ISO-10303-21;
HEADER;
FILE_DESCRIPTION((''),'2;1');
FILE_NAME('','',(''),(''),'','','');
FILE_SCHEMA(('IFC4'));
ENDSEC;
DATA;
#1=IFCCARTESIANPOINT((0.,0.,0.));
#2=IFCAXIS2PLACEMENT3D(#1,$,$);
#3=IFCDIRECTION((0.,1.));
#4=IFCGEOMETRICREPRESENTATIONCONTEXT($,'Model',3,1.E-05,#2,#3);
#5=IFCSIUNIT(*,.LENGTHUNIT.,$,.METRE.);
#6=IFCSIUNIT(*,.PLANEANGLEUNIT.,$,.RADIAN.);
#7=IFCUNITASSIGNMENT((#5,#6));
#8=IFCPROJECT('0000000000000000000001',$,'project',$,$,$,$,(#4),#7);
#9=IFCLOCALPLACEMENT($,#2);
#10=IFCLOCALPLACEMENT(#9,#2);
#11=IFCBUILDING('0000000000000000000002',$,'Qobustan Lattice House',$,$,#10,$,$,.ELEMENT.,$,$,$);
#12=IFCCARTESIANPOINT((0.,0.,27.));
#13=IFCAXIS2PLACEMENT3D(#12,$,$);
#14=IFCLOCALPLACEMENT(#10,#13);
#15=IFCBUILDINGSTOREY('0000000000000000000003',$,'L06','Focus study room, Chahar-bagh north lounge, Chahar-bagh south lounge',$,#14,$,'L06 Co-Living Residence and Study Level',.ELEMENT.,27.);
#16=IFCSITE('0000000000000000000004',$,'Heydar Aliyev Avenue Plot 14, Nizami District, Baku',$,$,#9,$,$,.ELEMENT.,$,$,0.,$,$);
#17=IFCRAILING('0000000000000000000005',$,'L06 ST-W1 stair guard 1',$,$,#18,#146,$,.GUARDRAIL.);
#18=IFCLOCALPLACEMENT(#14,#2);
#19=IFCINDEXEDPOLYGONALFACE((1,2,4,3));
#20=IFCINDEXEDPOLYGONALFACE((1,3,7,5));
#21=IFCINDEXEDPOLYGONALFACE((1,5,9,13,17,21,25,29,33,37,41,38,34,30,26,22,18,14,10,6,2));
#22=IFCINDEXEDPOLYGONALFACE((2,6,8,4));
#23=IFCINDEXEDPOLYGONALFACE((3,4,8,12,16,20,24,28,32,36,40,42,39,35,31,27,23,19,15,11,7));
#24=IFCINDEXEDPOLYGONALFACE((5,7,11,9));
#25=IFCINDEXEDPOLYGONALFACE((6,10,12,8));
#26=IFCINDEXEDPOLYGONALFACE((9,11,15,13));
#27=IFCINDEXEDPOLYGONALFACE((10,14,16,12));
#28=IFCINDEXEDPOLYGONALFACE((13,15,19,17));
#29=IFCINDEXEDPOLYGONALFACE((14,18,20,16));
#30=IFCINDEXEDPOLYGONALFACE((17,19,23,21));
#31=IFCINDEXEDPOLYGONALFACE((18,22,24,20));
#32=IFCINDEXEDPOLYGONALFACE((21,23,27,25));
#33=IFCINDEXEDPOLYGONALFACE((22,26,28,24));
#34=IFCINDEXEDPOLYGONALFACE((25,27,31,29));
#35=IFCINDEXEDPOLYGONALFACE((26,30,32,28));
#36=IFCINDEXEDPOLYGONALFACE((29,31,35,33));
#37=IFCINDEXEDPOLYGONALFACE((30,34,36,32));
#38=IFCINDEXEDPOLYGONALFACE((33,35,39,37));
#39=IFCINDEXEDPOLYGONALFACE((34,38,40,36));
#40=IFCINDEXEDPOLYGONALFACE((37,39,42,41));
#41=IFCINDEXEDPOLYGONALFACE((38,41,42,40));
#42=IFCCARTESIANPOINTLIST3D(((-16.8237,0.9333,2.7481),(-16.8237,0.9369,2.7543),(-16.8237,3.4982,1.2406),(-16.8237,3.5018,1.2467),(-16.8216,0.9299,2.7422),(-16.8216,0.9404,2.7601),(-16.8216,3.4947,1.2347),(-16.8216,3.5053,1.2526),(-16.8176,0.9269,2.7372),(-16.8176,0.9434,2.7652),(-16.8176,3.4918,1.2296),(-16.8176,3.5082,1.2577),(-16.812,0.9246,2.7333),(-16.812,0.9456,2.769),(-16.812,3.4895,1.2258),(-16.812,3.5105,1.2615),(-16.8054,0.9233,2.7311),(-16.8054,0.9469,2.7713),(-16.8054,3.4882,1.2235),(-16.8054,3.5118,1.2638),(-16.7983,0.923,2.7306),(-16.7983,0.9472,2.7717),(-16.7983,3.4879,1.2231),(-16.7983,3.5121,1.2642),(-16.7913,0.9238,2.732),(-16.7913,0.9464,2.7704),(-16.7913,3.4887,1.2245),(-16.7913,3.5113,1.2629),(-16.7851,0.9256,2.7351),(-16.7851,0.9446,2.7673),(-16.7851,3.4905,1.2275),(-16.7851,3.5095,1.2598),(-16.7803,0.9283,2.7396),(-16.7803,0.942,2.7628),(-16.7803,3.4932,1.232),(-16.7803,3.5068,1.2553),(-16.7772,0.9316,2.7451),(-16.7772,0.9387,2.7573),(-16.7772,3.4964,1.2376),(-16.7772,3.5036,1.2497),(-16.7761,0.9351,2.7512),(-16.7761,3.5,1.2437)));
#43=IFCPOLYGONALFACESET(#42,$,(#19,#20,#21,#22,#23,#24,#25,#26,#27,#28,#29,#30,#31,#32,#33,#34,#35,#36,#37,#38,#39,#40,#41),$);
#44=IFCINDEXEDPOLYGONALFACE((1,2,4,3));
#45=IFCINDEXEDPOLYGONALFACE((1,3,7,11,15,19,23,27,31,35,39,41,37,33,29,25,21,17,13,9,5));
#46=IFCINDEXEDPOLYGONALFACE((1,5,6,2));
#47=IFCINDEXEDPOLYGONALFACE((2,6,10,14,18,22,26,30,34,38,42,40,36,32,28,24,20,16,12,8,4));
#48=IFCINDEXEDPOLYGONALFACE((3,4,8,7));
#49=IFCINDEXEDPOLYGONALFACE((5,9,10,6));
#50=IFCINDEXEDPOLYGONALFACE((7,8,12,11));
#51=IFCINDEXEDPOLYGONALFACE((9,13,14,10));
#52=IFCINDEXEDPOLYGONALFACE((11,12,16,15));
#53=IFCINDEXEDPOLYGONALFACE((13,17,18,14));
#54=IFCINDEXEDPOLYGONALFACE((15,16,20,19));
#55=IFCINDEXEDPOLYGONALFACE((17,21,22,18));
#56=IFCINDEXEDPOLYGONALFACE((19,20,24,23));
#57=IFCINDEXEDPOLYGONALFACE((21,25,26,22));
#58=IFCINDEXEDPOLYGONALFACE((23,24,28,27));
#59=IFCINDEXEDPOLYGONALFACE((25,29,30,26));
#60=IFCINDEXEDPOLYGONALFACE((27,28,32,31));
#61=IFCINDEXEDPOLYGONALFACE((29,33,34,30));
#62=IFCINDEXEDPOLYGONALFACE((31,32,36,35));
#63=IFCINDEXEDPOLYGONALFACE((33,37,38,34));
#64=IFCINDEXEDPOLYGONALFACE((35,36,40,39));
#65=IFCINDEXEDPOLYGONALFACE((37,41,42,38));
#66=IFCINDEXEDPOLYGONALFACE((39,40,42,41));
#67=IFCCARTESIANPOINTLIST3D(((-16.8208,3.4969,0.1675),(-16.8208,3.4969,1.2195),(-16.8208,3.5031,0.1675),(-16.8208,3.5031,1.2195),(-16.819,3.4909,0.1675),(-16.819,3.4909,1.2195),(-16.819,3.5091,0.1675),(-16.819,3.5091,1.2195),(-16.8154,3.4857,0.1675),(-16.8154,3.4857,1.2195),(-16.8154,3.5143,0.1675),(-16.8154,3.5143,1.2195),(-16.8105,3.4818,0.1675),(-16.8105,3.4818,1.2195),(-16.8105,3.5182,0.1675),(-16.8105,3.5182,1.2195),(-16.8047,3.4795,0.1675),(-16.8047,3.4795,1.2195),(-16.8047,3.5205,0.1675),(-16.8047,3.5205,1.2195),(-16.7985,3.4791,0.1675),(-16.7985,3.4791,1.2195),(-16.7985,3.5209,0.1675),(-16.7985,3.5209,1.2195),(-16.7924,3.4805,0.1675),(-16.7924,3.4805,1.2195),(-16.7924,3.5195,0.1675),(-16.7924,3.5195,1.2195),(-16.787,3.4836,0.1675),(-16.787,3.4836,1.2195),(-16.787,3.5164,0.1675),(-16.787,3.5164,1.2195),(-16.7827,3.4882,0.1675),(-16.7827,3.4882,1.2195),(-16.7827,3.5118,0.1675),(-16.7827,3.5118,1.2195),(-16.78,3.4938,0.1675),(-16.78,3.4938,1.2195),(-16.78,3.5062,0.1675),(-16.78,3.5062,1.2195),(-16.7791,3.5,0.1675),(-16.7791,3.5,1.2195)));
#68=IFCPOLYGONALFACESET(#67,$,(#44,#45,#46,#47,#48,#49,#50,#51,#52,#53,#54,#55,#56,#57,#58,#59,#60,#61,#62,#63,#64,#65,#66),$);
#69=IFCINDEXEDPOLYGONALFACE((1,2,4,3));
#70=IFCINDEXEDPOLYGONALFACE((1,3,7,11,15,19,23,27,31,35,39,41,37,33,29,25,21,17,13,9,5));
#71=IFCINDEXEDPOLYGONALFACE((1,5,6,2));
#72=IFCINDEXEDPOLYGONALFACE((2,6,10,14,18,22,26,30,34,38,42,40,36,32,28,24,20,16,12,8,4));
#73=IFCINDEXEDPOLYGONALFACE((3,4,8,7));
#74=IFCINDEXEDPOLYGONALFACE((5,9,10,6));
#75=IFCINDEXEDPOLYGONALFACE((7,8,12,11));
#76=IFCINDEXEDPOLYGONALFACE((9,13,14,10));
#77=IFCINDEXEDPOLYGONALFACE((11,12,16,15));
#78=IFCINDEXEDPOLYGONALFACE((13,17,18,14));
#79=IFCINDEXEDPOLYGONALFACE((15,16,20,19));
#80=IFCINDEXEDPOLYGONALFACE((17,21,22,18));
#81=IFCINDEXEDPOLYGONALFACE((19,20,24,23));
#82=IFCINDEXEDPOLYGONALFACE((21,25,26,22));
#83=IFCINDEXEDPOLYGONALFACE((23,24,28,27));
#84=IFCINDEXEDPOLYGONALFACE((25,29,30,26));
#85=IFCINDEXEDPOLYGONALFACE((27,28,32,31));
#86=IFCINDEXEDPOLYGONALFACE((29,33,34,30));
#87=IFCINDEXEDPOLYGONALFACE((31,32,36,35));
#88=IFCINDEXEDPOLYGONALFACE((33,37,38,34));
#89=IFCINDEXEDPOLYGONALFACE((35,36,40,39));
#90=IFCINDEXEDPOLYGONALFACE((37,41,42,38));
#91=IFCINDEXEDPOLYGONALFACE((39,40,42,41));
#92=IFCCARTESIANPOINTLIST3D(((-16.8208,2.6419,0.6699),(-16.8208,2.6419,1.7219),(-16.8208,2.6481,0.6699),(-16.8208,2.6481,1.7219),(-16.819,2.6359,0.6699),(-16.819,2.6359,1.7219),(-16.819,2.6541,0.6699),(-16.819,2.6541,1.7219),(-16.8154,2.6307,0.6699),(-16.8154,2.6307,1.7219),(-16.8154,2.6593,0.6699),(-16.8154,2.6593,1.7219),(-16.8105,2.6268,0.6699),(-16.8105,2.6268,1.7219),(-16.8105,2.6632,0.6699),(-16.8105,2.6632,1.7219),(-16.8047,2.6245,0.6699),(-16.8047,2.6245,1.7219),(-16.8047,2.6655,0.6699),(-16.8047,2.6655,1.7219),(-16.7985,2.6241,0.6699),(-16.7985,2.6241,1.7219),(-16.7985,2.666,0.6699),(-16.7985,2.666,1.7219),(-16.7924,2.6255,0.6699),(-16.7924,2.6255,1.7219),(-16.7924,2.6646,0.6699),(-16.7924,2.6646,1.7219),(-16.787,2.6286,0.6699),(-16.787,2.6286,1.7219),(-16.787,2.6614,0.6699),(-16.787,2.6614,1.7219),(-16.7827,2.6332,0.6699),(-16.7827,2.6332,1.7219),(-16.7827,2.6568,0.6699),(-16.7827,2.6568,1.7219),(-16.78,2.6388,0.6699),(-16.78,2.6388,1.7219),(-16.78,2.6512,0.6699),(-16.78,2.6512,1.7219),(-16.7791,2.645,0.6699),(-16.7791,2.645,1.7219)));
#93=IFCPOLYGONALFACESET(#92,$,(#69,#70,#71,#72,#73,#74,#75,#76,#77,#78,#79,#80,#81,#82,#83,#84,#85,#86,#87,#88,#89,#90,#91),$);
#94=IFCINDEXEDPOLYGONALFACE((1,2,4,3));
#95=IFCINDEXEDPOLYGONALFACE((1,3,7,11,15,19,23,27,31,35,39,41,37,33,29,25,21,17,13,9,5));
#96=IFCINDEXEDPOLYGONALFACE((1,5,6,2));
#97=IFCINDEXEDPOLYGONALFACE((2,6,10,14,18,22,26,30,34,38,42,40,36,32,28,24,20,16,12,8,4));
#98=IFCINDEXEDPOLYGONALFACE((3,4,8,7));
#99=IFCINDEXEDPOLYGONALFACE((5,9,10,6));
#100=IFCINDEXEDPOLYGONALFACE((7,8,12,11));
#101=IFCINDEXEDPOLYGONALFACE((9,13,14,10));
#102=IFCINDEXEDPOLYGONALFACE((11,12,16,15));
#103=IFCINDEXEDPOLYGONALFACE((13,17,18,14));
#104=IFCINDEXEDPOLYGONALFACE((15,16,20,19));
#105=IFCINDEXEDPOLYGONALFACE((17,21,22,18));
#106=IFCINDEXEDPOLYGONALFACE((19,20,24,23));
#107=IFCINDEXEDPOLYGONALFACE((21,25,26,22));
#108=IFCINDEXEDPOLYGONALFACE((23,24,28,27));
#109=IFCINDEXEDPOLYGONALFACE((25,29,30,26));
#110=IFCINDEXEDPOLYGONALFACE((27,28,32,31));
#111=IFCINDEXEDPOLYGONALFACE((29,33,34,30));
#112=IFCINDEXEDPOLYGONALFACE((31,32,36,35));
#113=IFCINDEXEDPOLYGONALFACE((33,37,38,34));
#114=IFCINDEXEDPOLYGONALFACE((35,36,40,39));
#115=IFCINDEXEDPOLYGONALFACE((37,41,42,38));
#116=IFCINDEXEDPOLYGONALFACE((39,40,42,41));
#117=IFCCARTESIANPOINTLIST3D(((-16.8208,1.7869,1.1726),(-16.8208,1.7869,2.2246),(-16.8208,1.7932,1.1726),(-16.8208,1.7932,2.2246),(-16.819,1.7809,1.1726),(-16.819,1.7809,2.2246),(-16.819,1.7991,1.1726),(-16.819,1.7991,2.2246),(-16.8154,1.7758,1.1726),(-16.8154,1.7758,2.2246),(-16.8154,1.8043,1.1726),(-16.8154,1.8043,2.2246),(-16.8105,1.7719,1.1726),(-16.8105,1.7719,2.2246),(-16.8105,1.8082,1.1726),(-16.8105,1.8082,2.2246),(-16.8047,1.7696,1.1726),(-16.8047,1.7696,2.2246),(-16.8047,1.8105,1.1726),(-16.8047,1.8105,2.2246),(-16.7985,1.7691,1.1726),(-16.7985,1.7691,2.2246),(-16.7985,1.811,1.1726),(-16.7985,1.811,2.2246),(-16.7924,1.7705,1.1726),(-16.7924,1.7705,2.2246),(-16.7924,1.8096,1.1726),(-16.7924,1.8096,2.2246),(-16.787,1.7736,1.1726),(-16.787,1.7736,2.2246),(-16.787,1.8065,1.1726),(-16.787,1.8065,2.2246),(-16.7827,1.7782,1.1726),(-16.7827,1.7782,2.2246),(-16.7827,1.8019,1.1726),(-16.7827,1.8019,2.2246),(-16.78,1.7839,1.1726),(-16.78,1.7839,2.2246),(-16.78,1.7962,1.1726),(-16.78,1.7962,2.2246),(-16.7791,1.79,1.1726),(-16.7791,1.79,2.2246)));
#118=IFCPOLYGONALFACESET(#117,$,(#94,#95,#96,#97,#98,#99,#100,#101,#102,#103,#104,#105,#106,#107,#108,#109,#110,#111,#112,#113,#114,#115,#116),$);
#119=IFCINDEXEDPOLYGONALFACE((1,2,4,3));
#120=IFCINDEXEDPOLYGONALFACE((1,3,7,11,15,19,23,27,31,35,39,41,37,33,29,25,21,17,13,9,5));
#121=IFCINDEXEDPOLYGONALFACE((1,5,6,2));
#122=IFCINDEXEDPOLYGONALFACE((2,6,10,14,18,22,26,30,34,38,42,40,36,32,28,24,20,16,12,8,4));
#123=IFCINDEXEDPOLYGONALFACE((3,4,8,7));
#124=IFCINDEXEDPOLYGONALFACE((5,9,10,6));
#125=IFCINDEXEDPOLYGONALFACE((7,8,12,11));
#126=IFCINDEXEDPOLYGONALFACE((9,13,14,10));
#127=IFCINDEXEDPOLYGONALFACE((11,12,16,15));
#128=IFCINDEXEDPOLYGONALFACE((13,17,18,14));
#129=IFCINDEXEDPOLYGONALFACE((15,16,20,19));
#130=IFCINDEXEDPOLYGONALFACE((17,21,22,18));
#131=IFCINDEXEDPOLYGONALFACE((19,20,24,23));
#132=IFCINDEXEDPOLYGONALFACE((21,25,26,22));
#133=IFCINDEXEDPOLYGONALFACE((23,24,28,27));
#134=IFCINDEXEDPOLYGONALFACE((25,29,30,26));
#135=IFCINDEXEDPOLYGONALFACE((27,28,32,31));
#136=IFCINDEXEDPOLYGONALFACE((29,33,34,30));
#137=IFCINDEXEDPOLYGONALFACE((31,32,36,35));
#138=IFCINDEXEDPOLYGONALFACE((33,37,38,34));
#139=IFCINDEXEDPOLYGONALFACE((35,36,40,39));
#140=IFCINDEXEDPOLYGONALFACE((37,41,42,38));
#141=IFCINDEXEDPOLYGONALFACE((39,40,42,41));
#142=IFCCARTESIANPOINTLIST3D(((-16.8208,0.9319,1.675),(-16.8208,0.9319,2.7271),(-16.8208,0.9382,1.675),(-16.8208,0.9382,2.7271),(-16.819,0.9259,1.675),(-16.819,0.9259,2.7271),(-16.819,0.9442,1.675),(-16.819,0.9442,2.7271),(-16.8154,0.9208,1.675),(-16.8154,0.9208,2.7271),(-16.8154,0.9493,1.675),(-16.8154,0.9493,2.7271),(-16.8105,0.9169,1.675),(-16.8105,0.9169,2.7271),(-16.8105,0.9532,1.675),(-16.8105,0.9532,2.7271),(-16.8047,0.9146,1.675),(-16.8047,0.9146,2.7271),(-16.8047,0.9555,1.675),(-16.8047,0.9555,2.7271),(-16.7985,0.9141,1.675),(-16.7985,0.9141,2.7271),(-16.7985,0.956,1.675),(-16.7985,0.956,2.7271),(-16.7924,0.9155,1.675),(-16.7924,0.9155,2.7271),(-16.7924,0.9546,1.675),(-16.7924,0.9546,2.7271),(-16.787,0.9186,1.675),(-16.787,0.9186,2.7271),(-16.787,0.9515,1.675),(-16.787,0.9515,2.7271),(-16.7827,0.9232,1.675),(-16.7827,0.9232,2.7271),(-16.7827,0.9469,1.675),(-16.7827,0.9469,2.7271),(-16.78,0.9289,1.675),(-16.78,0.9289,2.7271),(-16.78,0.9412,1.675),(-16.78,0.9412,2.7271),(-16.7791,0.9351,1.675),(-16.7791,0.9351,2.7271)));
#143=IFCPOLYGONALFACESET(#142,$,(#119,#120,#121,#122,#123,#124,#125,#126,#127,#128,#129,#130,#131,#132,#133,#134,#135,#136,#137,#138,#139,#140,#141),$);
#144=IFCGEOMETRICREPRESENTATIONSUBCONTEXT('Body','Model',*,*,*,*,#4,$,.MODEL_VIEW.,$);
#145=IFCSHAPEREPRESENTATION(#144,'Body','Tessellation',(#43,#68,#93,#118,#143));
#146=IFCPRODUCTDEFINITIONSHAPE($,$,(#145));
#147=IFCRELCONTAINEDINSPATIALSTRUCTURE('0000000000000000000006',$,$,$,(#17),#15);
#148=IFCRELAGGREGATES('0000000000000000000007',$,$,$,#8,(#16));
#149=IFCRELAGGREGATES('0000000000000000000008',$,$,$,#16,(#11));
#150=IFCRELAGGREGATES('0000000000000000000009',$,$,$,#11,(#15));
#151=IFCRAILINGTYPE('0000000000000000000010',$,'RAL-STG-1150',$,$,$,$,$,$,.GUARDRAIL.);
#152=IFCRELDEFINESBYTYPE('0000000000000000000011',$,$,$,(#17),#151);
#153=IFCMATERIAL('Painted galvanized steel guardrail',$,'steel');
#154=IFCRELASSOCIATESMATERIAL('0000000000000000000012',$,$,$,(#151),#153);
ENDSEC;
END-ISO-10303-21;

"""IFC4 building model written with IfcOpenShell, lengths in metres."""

from ifc_helpers import new_model, si_unit, direction, frame, origin, origin_2d, place, context, subcontext, project, spatial, circle, extrude, material, type_object, element, save


model = new_model("IFC4")

# Units and contexts
model_context = context("Model", 3, precision=1e-05, world=origin(), true_north=direction((0.0, 1.0)))
body_context = subcontext(model_context, "Body", "Model", "MODEL_VIEW")
ifc_project = project(units=[si_unit("LENGTHUNIT", "METRE"), si_unit("PLANEANGLEUNIT", "RADIAN")], contexts=[model_context])

# Site, building, storey
site_placement = place(None, origin())
site = spatial("IfcSite", under=ifc_project, at=site_placement, Name="Heydar Aliyev Avenue Plot 14, Nizami District, Baku", CompositionType="ELEMENT", RefElevation=0.0)
building_placement = place(site_placement, origin())
building = spatial("IfcBuilding", under=site, at=building_placement, Name="Qobustan Lattice House", CompositionType="ELEMENT")
storey_placement = place(building_placement, frame((0.0, 0.0, 27.0)))
storey = spatial("IfcBuildingStorey", under=building, at=storey_placement, Name="L06", Description="Focus study room, Chahar-bagh north lounge, Chahar-bagh south lounge", LongName="L06 Co-Living Residence and Study Level", CompositionType="ELEMENT", Elevation=27.0)

# Railing
ifc_material_1 = material(Name="Painted galvanized steel guardrail", Category="steel")
railing_type_1 = type_object("IfcRailingType", Name="RAL-STG-1150", PredefinedType="GUARDRAIL", material=ifc_material_1)
railing_1_placement = place(storey_placement, frame((-16.8, 3.5, 0.1675)))
element("IfcRailing", 1, at=railing_1_placement, inside=storey, type_object=railing_type_1, Name="L06 ST-W1 stair guard 1", PredefinedType="GUARDRAIL", context=body_context, shape_type="SweptSolid", body=[
    extrude(circle(Radius=0.0239, at=origin_2d()), frame((0.0, 0.0, 1.0762), z_axis=(0.0, -0.862113, 0.506715), x_axis=(1.0, 0.0, 0.0)), (0.0, 0.0, 1.0), 2.9751),
    extrude(circle(Radius=0.021, at=origin_2d()), origin(), (0.0, 0.0, 1.0), 1.052),
    extrude(circle(Radius=0.021, at=origin_2d()), frame((0.0, -0.855, 0.5024)), (0.0, 0.0, 1.0), 1.052),
    extrude(circle(Radius=0.021, at=origin_2d()), frame((0.0, -1.71, 1.0051)), (0.0, 0.0, 1.0), 1.052),
    extrude(circle(Radius=0.021, at=origin_2d()), frame((0.0, -2.5649, 1.5076)), (0.0, 0.0, 1.0), 1.052),
])

save(model, "model.ifc")
